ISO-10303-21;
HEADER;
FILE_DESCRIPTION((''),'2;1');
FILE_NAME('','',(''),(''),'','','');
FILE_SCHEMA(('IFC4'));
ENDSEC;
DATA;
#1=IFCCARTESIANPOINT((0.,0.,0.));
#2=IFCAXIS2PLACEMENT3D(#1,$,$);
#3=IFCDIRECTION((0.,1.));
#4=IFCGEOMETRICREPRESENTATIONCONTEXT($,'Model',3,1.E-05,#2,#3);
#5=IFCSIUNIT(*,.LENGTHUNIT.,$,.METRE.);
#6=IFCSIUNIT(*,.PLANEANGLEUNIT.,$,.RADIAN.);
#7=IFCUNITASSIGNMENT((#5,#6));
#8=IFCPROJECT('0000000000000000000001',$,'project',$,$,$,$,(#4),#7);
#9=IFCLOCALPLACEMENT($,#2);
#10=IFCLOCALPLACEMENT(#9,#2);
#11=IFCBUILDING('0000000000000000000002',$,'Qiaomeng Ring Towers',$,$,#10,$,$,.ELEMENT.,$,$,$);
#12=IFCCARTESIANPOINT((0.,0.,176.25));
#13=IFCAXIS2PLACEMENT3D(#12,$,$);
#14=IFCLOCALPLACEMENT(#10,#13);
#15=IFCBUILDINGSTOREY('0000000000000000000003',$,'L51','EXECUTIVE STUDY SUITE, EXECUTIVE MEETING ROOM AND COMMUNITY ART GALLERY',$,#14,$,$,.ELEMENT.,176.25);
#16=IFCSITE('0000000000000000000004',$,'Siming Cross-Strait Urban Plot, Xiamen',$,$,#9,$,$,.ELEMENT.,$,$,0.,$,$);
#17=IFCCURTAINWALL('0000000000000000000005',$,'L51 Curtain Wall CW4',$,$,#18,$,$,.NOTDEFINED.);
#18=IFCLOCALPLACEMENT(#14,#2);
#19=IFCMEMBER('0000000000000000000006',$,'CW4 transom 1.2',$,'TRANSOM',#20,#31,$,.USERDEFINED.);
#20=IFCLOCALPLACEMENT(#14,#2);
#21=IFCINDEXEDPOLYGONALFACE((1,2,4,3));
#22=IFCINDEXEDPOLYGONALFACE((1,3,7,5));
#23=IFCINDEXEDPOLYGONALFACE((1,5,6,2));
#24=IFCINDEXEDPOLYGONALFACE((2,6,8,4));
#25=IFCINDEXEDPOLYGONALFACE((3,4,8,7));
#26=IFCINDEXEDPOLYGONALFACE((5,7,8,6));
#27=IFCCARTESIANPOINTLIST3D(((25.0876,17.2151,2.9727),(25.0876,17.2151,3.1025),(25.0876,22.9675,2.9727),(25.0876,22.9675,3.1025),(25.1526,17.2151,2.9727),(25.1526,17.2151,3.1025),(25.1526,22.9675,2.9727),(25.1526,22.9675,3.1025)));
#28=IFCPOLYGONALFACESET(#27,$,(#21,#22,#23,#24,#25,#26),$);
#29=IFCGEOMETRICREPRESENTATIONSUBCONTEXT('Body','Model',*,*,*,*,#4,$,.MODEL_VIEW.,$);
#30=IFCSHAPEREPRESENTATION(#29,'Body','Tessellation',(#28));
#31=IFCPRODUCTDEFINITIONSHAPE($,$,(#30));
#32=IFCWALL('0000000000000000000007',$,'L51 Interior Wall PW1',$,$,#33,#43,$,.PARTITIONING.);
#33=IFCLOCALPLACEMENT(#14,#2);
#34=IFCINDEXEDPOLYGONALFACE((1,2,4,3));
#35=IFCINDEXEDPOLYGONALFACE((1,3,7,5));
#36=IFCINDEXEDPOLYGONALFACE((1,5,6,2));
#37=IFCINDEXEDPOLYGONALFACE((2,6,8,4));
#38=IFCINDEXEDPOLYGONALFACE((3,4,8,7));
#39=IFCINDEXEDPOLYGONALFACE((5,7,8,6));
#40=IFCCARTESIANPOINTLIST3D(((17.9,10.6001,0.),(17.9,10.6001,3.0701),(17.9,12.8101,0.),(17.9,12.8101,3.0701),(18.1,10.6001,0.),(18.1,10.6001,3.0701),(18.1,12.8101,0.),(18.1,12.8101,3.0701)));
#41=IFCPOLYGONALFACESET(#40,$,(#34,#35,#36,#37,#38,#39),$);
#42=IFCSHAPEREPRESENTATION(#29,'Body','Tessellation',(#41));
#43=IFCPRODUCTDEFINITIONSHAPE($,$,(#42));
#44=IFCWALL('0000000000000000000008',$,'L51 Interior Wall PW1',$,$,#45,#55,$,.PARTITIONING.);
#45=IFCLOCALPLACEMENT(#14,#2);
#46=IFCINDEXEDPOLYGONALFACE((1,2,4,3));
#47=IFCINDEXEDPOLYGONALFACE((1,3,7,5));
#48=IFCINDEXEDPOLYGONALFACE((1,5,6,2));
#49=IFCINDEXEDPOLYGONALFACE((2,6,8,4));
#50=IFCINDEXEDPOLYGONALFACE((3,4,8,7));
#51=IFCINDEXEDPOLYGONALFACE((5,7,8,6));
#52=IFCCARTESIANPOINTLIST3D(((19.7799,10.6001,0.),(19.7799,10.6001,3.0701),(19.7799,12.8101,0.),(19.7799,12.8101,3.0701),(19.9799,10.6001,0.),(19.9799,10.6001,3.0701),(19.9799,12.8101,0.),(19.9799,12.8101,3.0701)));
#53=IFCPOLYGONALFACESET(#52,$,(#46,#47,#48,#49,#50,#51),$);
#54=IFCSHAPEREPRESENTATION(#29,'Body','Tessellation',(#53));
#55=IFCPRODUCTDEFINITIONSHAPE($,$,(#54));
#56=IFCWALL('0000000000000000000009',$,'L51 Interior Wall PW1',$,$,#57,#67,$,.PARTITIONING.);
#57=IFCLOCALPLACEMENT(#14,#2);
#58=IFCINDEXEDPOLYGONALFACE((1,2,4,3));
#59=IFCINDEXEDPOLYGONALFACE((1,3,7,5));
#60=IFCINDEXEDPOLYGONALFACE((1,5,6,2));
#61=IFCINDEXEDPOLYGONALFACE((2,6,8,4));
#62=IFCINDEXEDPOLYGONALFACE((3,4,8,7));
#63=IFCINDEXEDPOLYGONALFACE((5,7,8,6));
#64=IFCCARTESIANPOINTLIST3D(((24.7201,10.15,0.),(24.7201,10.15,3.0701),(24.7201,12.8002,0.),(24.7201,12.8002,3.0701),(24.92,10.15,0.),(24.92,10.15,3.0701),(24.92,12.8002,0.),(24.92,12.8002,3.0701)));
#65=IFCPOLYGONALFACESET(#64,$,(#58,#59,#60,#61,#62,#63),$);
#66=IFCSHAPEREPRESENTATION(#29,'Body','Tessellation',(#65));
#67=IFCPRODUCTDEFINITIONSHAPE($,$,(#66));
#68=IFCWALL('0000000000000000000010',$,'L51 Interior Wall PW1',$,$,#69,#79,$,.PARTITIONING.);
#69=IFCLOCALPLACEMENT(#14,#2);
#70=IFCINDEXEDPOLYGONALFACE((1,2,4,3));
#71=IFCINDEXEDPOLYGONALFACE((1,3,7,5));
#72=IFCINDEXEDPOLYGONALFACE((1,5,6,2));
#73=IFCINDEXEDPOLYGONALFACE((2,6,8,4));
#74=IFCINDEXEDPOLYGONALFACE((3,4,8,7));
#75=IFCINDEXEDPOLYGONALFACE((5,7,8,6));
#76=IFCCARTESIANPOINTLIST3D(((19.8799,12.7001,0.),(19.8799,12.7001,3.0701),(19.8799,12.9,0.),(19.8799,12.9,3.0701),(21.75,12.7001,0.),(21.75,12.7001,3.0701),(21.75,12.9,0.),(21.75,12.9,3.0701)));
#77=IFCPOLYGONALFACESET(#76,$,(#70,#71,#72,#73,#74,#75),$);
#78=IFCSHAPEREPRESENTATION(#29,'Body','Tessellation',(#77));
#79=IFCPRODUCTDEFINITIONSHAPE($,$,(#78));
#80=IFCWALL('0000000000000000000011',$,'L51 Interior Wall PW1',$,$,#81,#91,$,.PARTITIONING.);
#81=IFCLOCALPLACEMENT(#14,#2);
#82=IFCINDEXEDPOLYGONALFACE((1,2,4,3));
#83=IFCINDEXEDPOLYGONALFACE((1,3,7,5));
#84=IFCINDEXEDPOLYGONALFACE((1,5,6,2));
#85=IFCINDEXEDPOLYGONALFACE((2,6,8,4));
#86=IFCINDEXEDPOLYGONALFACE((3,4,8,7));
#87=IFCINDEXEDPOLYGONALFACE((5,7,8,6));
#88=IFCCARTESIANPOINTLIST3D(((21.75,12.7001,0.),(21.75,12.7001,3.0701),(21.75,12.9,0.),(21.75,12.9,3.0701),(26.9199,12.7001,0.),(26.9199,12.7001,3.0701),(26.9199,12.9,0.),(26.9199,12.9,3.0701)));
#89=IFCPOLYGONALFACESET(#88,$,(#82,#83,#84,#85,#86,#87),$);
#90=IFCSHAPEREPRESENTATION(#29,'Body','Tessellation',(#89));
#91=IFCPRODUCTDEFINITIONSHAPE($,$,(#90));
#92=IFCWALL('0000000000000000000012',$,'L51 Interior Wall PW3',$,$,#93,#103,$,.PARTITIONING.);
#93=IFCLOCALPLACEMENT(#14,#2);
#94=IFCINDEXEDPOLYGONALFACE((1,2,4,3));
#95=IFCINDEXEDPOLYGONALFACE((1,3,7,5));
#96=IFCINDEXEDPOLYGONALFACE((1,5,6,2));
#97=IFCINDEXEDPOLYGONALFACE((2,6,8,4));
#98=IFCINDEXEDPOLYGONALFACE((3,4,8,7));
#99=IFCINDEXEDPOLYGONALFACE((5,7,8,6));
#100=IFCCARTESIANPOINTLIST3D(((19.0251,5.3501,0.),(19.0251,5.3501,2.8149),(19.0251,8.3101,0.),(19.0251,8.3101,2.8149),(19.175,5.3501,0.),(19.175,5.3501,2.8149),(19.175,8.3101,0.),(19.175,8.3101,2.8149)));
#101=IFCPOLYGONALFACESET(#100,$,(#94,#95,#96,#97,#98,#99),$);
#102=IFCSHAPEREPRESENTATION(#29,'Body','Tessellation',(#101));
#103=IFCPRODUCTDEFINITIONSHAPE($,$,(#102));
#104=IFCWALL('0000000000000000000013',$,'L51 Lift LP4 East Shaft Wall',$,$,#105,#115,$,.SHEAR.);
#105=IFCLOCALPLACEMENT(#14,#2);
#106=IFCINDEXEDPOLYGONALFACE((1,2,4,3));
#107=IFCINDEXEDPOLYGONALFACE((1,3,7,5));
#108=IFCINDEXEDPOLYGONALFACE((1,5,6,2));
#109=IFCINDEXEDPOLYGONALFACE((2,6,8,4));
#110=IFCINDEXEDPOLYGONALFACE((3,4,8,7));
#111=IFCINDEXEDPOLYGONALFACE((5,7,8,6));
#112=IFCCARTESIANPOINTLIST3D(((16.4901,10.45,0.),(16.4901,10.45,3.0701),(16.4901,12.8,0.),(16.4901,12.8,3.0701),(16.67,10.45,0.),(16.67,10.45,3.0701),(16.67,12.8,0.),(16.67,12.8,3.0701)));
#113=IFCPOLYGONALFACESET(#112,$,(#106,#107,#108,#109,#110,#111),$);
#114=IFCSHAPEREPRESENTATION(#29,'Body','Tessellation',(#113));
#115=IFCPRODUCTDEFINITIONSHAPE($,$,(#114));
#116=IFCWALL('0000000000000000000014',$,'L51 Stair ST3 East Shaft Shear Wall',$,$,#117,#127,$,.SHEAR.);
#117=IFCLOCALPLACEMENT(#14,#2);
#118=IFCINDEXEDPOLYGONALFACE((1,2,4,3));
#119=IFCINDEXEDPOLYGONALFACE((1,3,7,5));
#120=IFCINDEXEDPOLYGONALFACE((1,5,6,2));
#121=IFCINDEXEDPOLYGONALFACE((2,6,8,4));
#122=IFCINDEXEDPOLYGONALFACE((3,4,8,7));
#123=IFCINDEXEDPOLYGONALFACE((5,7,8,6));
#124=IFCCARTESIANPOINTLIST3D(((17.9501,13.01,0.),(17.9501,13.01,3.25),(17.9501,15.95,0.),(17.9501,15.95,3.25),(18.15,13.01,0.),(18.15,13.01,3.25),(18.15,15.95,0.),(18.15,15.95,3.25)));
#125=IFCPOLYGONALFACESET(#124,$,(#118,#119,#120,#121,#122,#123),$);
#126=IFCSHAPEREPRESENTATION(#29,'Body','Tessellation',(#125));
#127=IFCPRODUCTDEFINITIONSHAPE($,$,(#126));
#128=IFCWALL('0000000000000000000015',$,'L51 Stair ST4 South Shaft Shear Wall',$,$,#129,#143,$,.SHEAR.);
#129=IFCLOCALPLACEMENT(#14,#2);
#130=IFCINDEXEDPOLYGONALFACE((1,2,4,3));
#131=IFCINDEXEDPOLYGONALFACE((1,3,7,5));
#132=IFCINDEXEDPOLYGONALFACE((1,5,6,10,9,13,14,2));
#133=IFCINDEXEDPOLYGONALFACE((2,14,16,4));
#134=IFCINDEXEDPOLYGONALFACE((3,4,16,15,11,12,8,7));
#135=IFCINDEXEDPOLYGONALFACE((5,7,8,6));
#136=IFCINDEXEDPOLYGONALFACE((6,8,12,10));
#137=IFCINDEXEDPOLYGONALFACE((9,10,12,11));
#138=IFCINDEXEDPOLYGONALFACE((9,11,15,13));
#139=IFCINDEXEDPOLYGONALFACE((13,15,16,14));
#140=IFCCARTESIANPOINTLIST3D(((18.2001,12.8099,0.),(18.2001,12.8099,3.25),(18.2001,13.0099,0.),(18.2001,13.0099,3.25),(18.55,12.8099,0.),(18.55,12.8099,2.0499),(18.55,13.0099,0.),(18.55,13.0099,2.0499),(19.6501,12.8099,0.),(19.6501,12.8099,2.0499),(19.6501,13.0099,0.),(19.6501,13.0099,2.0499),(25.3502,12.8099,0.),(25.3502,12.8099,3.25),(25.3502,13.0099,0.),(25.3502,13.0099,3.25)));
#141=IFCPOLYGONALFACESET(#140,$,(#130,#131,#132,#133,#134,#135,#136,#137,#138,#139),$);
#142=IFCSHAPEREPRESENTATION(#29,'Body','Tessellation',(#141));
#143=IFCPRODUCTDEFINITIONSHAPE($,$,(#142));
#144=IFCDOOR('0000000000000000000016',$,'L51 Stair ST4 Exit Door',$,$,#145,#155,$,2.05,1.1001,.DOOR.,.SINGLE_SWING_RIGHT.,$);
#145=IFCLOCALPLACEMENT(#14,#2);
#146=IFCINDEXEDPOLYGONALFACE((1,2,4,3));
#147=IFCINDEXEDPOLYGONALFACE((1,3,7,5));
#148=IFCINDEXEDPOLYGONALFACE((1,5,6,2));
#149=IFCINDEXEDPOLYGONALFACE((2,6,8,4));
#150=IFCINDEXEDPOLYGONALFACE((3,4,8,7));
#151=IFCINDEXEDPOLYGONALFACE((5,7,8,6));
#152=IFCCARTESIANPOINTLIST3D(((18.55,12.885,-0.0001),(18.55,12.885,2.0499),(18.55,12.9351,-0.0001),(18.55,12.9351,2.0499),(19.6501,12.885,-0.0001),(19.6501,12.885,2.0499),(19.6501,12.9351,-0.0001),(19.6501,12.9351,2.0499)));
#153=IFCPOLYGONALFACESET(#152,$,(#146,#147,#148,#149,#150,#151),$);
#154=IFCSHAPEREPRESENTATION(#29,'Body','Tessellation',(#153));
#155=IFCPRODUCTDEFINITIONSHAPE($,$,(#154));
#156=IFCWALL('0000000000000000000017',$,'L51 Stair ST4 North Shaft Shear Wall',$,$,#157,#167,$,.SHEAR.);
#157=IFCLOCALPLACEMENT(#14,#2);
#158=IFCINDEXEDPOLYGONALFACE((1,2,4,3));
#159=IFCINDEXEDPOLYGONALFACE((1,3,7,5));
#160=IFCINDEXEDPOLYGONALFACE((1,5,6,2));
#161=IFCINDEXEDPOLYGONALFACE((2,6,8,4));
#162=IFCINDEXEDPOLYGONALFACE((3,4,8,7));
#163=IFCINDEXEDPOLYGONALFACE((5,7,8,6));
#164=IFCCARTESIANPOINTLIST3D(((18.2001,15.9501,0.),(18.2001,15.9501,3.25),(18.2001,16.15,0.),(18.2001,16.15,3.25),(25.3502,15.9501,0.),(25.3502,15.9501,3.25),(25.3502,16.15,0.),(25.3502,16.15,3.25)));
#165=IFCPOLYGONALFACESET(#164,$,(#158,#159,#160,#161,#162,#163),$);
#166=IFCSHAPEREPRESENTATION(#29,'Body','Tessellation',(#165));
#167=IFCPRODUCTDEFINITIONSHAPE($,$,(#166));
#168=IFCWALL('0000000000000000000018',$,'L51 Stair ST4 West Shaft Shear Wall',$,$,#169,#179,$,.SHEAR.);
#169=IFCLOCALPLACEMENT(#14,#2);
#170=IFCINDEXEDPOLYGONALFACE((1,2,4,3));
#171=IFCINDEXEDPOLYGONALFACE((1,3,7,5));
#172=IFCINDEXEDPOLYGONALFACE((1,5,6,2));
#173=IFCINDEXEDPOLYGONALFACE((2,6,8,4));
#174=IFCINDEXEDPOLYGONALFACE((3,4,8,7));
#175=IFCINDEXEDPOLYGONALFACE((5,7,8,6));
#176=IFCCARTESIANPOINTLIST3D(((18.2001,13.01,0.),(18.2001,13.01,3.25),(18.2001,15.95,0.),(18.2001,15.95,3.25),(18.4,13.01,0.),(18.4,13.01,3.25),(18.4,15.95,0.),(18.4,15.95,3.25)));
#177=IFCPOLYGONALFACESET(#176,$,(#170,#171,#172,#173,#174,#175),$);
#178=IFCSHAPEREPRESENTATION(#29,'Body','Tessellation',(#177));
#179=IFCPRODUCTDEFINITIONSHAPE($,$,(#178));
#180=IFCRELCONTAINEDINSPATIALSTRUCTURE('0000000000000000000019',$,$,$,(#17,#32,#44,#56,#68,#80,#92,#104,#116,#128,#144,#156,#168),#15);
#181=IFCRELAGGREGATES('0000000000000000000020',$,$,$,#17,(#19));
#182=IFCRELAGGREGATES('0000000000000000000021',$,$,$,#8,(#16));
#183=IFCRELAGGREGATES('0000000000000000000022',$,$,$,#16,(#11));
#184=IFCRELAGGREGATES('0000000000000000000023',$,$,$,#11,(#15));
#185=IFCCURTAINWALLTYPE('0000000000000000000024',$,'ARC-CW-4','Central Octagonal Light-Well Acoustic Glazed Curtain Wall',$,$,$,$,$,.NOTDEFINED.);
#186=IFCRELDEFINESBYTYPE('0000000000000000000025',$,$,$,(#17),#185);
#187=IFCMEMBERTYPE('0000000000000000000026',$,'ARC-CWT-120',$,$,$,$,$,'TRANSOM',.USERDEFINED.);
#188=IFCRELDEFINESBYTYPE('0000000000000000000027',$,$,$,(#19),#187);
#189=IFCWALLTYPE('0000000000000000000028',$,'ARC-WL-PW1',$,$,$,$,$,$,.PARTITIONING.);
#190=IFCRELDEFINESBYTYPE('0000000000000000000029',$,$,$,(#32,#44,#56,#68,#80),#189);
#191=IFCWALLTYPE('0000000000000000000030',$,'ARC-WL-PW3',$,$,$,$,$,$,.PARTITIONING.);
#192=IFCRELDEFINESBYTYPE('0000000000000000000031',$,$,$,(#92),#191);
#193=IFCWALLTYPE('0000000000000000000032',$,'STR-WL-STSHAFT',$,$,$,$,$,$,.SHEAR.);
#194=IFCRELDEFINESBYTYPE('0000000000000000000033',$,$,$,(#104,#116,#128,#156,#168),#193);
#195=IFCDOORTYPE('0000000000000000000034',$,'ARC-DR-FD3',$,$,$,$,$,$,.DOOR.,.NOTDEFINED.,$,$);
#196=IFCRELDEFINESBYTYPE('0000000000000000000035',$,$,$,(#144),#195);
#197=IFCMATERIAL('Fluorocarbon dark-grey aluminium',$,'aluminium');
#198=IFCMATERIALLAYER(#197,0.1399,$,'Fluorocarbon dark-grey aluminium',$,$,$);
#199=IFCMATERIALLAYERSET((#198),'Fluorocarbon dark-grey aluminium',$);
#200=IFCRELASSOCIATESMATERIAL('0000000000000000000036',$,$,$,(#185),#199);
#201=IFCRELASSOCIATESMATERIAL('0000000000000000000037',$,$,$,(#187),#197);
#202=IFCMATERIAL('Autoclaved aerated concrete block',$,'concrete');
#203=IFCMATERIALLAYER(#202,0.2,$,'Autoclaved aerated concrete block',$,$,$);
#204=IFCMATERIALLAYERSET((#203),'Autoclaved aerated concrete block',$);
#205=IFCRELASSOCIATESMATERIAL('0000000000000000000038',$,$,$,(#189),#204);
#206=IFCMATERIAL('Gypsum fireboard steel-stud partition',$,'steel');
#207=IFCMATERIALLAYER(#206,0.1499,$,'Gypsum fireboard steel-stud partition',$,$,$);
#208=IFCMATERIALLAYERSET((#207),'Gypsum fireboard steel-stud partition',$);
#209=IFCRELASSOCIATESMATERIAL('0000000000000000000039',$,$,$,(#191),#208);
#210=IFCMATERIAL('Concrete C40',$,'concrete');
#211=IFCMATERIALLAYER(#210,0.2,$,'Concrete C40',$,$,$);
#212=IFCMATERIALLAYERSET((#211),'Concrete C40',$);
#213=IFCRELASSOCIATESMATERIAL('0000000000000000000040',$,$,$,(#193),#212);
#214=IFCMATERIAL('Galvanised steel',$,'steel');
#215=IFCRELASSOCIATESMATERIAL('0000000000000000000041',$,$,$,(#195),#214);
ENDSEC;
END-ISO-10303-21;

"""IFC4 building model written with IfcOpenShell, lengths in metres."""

from ifc_helpers import new_model, si_unit, direction, frame, frame_2d, origin, origin_2d, place, context, subcontext, project, spatial, rectangle, extrude, source, transform, mapped, material, layer, layer_set, material_profile, profile_set, type_object, element, fill, aggregate, save


model = new_model("IFC4")

# Units and contexts
model_context = context("Model", 3, precision=1e-05, world=origin(), true_north=direction((0.0, 1.0)))
body_context = subcontext(model_context, "Body", "Model", "MODEL_VIEW")
ifc_project = project(units=[si_unit("LENGTHUNIT", "METRE"), si_unit("PLANEANGLEUNIT", "RADIAN")], contexts=[model_context])

# Site, building, storey
site_placement = place(None, origin())
site = spatial("IfcSite", under=ifc_project, at=site_placement, Name="Siming Cross-Strait Urban Plot, Xiamen", CompositionType="ELEMENT", RefElevation=0.0)
building_placement = place(site_placement, origin())
building = spatial("IfcBuilding", under=site, at=building_placement, Name="Qiaomeng Ring Towers", CompositionType="ELEMENT")
storey_placement = place(building_placement, frame((0.0, 0.0, 176.25)))
storey = spatial("IfcBuildingStorey", under=building, at=storey_placement, Name="L51", Description="EXECUTIVE STUDY SUITE, EXECUTIVE MEETING ROOM AND COMMUNITY ART GALLERY", CompositionType="ELEMENT", Elevation=176.25)

# Curtain wall, member
ifc_material_1 = material(Name="Fluorocarbon dark-grey aluminium", Category="aluminium")
ifc_layer_1 = layer(ifc_material_1, 0.1399, Name="Fluorocarbon dark-grey aluminium")
ifc_layer_set_1 = layer_set([ifc_layer_1], Name="Fluorocarbon dark-grey aluminium")
curtain_wall_type = type_object("IfcCurtainWallType", Name="ARC-CW-4", Description="Central Octagonal Light-Well Acoustic Glazed Curtain Wall", PredefinedType="NOTDEFINED", material=ifc_layer_set_1)
curtain_wall_placement = place(storey_placement, origin())
curtain_wall = element("IfcCurtainWall", 1, at=curtain_wall_placement, inside=storey, type_object=curtain_wall_type, Name="L51 Curtain Wall CW4", PredefinedType="NOTDEFINED")
ifc_material_profile_1 = material_profile(ifc_material_1, rectangle(XDim=0.0649, YDim=0.1299, at=origin_2d()), Name="ALU TRAN 65x130")
ifc_profile_set_1 = profile_set([ifc_material_profile_1], Name="Fluorocarbon dark-grey aluminium")
member_type_1 = type_object("IfcMemberType", Name="ARC-CWT-120", ElementType="TRANSOM", PredefinedType="USERDEFINED", material=ifc_profile_set_1)
shared_shape_1 = source(origin(), body_context, "Body", "SweptSolid", [
    extrude(rectangle(XDim=0.0649, YDim=0.1299, at=origin_2d()), origin(), (0.0, 0.0, 1.0), 5.7524),
])
member_1_placement = place(storey_placement, frame((25.1201, 17.2151, 3.0376), z_axis=(0.0, 1.0, 0.0), x_axis=(-1.0, 0.0, 0.0)))
member_1 = element("IfcMember", 2, at=member_1_placement, type_object=member_type_1, Name="CW4 transom 1.2", ObjectType="TRANSOM", PredefinedType="USERDEFINED", context=body_context, shape_type="MappedRepresentation", body=[
    mapped(shared_shape_1, transform((0.0, 0.0, 0.0), x_axis=(1.0, 0.0, 0.0), y_axis=(0.0, 1.0, 0.0), z_axis=(0.0, 0.0, 1.0), scale=1.0)),
])
aggregate(curtain_wall, [member_1])

# Walls
ifc_material_2 = material(Name="Autoclaved aerated concrete block", Category="concrete")
ifc_layer_2 = layer(ifc_material_2, 0.2, Name="Autoclaved aerated concrete block")
ifc_layer_set_2 = layer_set([ifc_layer_2], Name="Autoclaved aerated concrete block")
wall_type_1 = type_object("IfcWallType", Name="ARC-WL-PW1", PredefinedType="PARTITIONING", material=ifc_layer_set_2)
for number, where, z_axis, x_axis, name in (
    (3, (18.0, 10.6001, 0.0), (0.0, 0.0, 1.0), (0.0, 1.0, 0.0), "L51 Interior Wall PW1"),
    (4, (19.8799, 10.6001, 0.0), (0.0, 0.0, 1.0), (0.0, 1.0, 0.0), "L51 Interior Wall PW1"),
):
    element("IfcWall", number, at=place(storey_placement, frame(where, z_axis=z_axis, x_axis=x_axis)), inside=storey, type_object=wall_type_1, Name=name, PredefinedType="PARTITIONING", context=body_context, shape_type="SweptSolid", body=[
        extrude(rectangle(XDim=2.21, YDim=0.2, at=frame_2d((1.105, 0.0))), origin(), (0.0, 0.0, 1.0), 3.0701),
    ])
wall_1_placement = place(storey_placement, frame((24.8201, 10.1499, 0.0), z_axis=(0.0, 0.0, 1.0), x_axis=(0.0, 1.0, 0.0)))
element("IfcWall", 5, at=wall_1_placement, inside=storey, type_object=wall_type_1, Name="L51 Interior Wall PW1", PredefinedType="PARTITIONING", context=body_context, shape_type="SweptSolid", body=[
    extrude(rectangle(XDim=2.6501, YDim=0.2, at=frame_2d((1.3252, 0.0))), origin(), (0.0, 0.0, 1.0), 3.0701),
])
wall_2_placement = place(storey_placement, frame((19.8799, 12.8, 0.0), z_axis=(0.0, 0.0, 1.0), x_axis=(1.0, 0.0, 0.0)))
element("IfcWall", 6, at=wall_2_placement, inside=storey, type_object=wall_type_1, Name="L51 Interior Wall PW1", PredefinedType="PARTITIONING", context=body_context, shape_type="SweptSolid", body=[
    extrude(rectangle(XDim=1.8701, YDim=0.2, at=frame_2d((0.9351, 0.0))), origin(), (0.0, 0.0, 1.0), 3.0701),
])
wall_3_placement = place(storey_placement, frame((21.75, 12.8, 0.0), z_axis=(0.0, 0.0, 1.0), x_axis=(1.0, 0.0, 0.0)))
element("IfcWall", 7, at=wall_3_placement, inside=storey, type_object=wall_type_1, Name="L51 Interior Wall PW1", PredefinedType="PARTITIONING", context=body_context, shape_type="SweptSolid", body=[
    extrude(rectangle(XDim=5.1699, YDim=0.2, at=frame_2d((2.585, 0.0))), origin(), (0.0, 0.0, 1.0), 3.0701),
])
ifc_material_3 = material(Name="Gypsum fireboard steel-stud partition", Category="steel")
ifc_layer_3 = layer(ifc_material_3, 0.1499, Name="Gypsum fireboard steel-stud partition")
ifc_layer_set_3 = layer_set([ifc_layer_3], Name="Gypsum fireboard steel-stud partition")
wall_type_2 = type_object("IfcWallType", Name="ARC-WL-PW3", PredefinedType="PARTITIONING", material=ifc_layer_set_3)
wall_4_placement = place(storey_placement, frame((19.1001, 5.3501, 0.0), z_axis=(0.0, 0.0, 1.0), x_axis=(0.0, 1.0, 0.0)))
element("IfcWall", 8, at=wall_4_placement, inside=storey, type_object=wall_type_2, Name="L51 Interior Wall PW3", PredefinedType="PARTITIONING", context=body_context, shape_type="SweptSolid", body=[
    extrude(rectangle(XDim=2.96, YDim=0.1499, at=frame_2d((1.48, 0.0))), origin(), (0.0, 0.0, 1.0), 2.8149),
])
ifc_material_4 = material(Name="Concrete C40", Category="concrete")
ifc_layer_4 = layer(ifc_material_4, 0.2, Name="Concrete C40")
ifc_layer_set_4 = layer_set([ifc_layer_4], Name="Concrete C40")
wall_type_3 = type_object("IfcWallType", Name="STR-WL-STSHAFT", PredefinedType="SHEAR", material=ifc_layer_set_4)
wall_5_placement = place(storey_placement, frame((16.5801, 10.45, 0.0), z_axis=(0.0, 0.0, 1.0), x_axis=(0.0, 1.0, 0.0)))
element("IfcWall", 9, at=wall_5_placement, inside=storey, type_object=wall_type_3, Name="L51 Lift LP4 East Shaft Wall", PredefinedType="SHEAR", context=body_context, shape_type="SweptSolid", body=[
    extrude(rectangle(XDim=2.3501, YDim=0.1799, at=frame_2d((1.175, 0.0))), origin(), (0.0, 0.0, 1.0), 3.0701),
])
wall_6_placement = place(storey_placement, frame((18.05, 13.01, 0.0), z_axis=(0.0, 0.0, 1.0), x_axis=(0.0, 1.0, 0.0)))
element("IfcWall", 10, at=wall_6_placement, inside=storey, type_object=wall_type_3, Name="L51 Stair ST3 East Shaft Shear Wall", PredefinedType="SHEAR", context=body_context, shape_type="SweptSolid", body=[
    extrude(rectangle(XDim=2.9399, YDim=0.2, at=frame_2d((1.47, 0.0))), origin(), (0.0, 0.0, 1.0), 3.25),
])

# Wall, opening, door
wall_7_placement = place(storey_placement, frame((18.2, 12.9099, 0.0), z_axis=(0.0, 0.0, 1.0), x_axis=(1.0, 0.0, 0.0)))
wall_7 = element("IfcWall", 11, at=wall_7_placement, inside=storey, type_object=wall_type_3, Name="L51 Stair ST4 South Shaft Shear Wall", PredefinedType="SHEAR", context=body_context, shape_type="SweptSolid", body=[
    extrude(rectangle(XDim=7.1501, YDim=0.2, at=frame_2d((3.5752, 0.0))), origin(), (0.0, 0.0, 1.0), 3.25),
])
opening_placement = place(wall_7_placement, frame((0.3501, 0.0, 0.0)))
opening = element("IfcOpeningElement", 12, at=opening_placement, cuts=wall_7, PredefinedType="OPENING", context=body_context, shape_type="SweptSolid", body=[
    extrude(rectangle(XDim=1.1001, YDim=2.05, at=frame_2d((0.55, 1.0249))), frame((0.0, 0.1099, 0.0), z_axis=(0.0, -1.0, 0.0), x_axis=(1.0, 0.0, 0.0)), (0.0, 0.0, 1.0), 0.22),
])
ifc_material_5 = material(Name="Galvanised steel", Category="steel")
door_type = type_object("IfcDoorType", Name="ARC-DR-FD3", OperationType="NOTDEFINED", PredefinedType="DOOR", material=ifc_material_5)
shared_shape_2 = source(origin(), body_context, "Body", "SweptSolid", [
    extrude(rectangle(XDim=1.1001, YDim=2.05, at=frame_2d((0.55, 1.0249))), frame((0.0, 0.0249, 0.0), z_axis=(0.0, -1.0, 0.0), x_axis=(1.0, 0.0, 0.0)), (0.0, 0.0, 1.0), 0.05),
])
door_placement = place(opening_placement, frame((1.1001, 0.0, 0.0), z_axis=(0.0, 0.0, 1.0), x_axis=(-1.0, 0.0, 0.0)))
door = element("IfcDoor", 13, at=door_placement, inside=storey, type_object=door_type, Name="L51 Stair ST4 Exit Door", OperationType="SINGLE_SWING_RIGHT", OverallHeight=2.05, OverallWidth=1.1001, PredefinedType="DOOR", context=body_context, shape_type="MappedRepresentation", body=[
    mapped(shared_shape_2, transform((0.0, 0.0, 0.0), x_axis=(1.0, 0.0, 0.0), y_axis=(0.0, 1.0, 0.0), z_axis=(0.0, 0.0, 1.0), scale=1.0)),
])
fill(opening, door)

# Walls
wall_8_placement = place(storey_placement, frame((18.2, 16.05, 0.0), z_axis=(0.0, 0.0, 1.0), x_axis=(1.0, 0.0, 0.0)))
element("IfcWall", 14, at=wall_8_placement, inside=storey, type_object=wall_type_3, Name="L51 Stair ST4 North Shaft Shear Wall", PredefinedType="SHEAR", context=body_context, shape_type="SweptSolid", body=[
    extrude(rectangle(XDim=7.1501, YDim=0.2, at=frame_2d((3.5752, 0.0))), origin(), (0.0, 0.0, 1.0), 3.25),
])
for number, where, z_axis, x_axis, name in (
    (15, (18.3, 13.01, 0.0), (0.0, 0.0, 1.0), (0.0, 1.0, 0.0), "L51 Stair ST4 West Shaft Shear Wall"),
):
    element("IfcWall", number, at=place(storey_placement, frame(where, z_axis=z_axis, x_axis=x_axis)), inside=storey, type_object=wall_type_3, Name=name, PredefinedType="SHEAR", context=body_context, shape_type="SweptSolid", body=[
        extrude(rectangle(XDim=2.9399, YDim=0.2, at=frame_2d((1.47, 0.0))), origin(), (0.0, 0.0, 1.0), 3.25),
    ])

save(model, "model.ifc")
